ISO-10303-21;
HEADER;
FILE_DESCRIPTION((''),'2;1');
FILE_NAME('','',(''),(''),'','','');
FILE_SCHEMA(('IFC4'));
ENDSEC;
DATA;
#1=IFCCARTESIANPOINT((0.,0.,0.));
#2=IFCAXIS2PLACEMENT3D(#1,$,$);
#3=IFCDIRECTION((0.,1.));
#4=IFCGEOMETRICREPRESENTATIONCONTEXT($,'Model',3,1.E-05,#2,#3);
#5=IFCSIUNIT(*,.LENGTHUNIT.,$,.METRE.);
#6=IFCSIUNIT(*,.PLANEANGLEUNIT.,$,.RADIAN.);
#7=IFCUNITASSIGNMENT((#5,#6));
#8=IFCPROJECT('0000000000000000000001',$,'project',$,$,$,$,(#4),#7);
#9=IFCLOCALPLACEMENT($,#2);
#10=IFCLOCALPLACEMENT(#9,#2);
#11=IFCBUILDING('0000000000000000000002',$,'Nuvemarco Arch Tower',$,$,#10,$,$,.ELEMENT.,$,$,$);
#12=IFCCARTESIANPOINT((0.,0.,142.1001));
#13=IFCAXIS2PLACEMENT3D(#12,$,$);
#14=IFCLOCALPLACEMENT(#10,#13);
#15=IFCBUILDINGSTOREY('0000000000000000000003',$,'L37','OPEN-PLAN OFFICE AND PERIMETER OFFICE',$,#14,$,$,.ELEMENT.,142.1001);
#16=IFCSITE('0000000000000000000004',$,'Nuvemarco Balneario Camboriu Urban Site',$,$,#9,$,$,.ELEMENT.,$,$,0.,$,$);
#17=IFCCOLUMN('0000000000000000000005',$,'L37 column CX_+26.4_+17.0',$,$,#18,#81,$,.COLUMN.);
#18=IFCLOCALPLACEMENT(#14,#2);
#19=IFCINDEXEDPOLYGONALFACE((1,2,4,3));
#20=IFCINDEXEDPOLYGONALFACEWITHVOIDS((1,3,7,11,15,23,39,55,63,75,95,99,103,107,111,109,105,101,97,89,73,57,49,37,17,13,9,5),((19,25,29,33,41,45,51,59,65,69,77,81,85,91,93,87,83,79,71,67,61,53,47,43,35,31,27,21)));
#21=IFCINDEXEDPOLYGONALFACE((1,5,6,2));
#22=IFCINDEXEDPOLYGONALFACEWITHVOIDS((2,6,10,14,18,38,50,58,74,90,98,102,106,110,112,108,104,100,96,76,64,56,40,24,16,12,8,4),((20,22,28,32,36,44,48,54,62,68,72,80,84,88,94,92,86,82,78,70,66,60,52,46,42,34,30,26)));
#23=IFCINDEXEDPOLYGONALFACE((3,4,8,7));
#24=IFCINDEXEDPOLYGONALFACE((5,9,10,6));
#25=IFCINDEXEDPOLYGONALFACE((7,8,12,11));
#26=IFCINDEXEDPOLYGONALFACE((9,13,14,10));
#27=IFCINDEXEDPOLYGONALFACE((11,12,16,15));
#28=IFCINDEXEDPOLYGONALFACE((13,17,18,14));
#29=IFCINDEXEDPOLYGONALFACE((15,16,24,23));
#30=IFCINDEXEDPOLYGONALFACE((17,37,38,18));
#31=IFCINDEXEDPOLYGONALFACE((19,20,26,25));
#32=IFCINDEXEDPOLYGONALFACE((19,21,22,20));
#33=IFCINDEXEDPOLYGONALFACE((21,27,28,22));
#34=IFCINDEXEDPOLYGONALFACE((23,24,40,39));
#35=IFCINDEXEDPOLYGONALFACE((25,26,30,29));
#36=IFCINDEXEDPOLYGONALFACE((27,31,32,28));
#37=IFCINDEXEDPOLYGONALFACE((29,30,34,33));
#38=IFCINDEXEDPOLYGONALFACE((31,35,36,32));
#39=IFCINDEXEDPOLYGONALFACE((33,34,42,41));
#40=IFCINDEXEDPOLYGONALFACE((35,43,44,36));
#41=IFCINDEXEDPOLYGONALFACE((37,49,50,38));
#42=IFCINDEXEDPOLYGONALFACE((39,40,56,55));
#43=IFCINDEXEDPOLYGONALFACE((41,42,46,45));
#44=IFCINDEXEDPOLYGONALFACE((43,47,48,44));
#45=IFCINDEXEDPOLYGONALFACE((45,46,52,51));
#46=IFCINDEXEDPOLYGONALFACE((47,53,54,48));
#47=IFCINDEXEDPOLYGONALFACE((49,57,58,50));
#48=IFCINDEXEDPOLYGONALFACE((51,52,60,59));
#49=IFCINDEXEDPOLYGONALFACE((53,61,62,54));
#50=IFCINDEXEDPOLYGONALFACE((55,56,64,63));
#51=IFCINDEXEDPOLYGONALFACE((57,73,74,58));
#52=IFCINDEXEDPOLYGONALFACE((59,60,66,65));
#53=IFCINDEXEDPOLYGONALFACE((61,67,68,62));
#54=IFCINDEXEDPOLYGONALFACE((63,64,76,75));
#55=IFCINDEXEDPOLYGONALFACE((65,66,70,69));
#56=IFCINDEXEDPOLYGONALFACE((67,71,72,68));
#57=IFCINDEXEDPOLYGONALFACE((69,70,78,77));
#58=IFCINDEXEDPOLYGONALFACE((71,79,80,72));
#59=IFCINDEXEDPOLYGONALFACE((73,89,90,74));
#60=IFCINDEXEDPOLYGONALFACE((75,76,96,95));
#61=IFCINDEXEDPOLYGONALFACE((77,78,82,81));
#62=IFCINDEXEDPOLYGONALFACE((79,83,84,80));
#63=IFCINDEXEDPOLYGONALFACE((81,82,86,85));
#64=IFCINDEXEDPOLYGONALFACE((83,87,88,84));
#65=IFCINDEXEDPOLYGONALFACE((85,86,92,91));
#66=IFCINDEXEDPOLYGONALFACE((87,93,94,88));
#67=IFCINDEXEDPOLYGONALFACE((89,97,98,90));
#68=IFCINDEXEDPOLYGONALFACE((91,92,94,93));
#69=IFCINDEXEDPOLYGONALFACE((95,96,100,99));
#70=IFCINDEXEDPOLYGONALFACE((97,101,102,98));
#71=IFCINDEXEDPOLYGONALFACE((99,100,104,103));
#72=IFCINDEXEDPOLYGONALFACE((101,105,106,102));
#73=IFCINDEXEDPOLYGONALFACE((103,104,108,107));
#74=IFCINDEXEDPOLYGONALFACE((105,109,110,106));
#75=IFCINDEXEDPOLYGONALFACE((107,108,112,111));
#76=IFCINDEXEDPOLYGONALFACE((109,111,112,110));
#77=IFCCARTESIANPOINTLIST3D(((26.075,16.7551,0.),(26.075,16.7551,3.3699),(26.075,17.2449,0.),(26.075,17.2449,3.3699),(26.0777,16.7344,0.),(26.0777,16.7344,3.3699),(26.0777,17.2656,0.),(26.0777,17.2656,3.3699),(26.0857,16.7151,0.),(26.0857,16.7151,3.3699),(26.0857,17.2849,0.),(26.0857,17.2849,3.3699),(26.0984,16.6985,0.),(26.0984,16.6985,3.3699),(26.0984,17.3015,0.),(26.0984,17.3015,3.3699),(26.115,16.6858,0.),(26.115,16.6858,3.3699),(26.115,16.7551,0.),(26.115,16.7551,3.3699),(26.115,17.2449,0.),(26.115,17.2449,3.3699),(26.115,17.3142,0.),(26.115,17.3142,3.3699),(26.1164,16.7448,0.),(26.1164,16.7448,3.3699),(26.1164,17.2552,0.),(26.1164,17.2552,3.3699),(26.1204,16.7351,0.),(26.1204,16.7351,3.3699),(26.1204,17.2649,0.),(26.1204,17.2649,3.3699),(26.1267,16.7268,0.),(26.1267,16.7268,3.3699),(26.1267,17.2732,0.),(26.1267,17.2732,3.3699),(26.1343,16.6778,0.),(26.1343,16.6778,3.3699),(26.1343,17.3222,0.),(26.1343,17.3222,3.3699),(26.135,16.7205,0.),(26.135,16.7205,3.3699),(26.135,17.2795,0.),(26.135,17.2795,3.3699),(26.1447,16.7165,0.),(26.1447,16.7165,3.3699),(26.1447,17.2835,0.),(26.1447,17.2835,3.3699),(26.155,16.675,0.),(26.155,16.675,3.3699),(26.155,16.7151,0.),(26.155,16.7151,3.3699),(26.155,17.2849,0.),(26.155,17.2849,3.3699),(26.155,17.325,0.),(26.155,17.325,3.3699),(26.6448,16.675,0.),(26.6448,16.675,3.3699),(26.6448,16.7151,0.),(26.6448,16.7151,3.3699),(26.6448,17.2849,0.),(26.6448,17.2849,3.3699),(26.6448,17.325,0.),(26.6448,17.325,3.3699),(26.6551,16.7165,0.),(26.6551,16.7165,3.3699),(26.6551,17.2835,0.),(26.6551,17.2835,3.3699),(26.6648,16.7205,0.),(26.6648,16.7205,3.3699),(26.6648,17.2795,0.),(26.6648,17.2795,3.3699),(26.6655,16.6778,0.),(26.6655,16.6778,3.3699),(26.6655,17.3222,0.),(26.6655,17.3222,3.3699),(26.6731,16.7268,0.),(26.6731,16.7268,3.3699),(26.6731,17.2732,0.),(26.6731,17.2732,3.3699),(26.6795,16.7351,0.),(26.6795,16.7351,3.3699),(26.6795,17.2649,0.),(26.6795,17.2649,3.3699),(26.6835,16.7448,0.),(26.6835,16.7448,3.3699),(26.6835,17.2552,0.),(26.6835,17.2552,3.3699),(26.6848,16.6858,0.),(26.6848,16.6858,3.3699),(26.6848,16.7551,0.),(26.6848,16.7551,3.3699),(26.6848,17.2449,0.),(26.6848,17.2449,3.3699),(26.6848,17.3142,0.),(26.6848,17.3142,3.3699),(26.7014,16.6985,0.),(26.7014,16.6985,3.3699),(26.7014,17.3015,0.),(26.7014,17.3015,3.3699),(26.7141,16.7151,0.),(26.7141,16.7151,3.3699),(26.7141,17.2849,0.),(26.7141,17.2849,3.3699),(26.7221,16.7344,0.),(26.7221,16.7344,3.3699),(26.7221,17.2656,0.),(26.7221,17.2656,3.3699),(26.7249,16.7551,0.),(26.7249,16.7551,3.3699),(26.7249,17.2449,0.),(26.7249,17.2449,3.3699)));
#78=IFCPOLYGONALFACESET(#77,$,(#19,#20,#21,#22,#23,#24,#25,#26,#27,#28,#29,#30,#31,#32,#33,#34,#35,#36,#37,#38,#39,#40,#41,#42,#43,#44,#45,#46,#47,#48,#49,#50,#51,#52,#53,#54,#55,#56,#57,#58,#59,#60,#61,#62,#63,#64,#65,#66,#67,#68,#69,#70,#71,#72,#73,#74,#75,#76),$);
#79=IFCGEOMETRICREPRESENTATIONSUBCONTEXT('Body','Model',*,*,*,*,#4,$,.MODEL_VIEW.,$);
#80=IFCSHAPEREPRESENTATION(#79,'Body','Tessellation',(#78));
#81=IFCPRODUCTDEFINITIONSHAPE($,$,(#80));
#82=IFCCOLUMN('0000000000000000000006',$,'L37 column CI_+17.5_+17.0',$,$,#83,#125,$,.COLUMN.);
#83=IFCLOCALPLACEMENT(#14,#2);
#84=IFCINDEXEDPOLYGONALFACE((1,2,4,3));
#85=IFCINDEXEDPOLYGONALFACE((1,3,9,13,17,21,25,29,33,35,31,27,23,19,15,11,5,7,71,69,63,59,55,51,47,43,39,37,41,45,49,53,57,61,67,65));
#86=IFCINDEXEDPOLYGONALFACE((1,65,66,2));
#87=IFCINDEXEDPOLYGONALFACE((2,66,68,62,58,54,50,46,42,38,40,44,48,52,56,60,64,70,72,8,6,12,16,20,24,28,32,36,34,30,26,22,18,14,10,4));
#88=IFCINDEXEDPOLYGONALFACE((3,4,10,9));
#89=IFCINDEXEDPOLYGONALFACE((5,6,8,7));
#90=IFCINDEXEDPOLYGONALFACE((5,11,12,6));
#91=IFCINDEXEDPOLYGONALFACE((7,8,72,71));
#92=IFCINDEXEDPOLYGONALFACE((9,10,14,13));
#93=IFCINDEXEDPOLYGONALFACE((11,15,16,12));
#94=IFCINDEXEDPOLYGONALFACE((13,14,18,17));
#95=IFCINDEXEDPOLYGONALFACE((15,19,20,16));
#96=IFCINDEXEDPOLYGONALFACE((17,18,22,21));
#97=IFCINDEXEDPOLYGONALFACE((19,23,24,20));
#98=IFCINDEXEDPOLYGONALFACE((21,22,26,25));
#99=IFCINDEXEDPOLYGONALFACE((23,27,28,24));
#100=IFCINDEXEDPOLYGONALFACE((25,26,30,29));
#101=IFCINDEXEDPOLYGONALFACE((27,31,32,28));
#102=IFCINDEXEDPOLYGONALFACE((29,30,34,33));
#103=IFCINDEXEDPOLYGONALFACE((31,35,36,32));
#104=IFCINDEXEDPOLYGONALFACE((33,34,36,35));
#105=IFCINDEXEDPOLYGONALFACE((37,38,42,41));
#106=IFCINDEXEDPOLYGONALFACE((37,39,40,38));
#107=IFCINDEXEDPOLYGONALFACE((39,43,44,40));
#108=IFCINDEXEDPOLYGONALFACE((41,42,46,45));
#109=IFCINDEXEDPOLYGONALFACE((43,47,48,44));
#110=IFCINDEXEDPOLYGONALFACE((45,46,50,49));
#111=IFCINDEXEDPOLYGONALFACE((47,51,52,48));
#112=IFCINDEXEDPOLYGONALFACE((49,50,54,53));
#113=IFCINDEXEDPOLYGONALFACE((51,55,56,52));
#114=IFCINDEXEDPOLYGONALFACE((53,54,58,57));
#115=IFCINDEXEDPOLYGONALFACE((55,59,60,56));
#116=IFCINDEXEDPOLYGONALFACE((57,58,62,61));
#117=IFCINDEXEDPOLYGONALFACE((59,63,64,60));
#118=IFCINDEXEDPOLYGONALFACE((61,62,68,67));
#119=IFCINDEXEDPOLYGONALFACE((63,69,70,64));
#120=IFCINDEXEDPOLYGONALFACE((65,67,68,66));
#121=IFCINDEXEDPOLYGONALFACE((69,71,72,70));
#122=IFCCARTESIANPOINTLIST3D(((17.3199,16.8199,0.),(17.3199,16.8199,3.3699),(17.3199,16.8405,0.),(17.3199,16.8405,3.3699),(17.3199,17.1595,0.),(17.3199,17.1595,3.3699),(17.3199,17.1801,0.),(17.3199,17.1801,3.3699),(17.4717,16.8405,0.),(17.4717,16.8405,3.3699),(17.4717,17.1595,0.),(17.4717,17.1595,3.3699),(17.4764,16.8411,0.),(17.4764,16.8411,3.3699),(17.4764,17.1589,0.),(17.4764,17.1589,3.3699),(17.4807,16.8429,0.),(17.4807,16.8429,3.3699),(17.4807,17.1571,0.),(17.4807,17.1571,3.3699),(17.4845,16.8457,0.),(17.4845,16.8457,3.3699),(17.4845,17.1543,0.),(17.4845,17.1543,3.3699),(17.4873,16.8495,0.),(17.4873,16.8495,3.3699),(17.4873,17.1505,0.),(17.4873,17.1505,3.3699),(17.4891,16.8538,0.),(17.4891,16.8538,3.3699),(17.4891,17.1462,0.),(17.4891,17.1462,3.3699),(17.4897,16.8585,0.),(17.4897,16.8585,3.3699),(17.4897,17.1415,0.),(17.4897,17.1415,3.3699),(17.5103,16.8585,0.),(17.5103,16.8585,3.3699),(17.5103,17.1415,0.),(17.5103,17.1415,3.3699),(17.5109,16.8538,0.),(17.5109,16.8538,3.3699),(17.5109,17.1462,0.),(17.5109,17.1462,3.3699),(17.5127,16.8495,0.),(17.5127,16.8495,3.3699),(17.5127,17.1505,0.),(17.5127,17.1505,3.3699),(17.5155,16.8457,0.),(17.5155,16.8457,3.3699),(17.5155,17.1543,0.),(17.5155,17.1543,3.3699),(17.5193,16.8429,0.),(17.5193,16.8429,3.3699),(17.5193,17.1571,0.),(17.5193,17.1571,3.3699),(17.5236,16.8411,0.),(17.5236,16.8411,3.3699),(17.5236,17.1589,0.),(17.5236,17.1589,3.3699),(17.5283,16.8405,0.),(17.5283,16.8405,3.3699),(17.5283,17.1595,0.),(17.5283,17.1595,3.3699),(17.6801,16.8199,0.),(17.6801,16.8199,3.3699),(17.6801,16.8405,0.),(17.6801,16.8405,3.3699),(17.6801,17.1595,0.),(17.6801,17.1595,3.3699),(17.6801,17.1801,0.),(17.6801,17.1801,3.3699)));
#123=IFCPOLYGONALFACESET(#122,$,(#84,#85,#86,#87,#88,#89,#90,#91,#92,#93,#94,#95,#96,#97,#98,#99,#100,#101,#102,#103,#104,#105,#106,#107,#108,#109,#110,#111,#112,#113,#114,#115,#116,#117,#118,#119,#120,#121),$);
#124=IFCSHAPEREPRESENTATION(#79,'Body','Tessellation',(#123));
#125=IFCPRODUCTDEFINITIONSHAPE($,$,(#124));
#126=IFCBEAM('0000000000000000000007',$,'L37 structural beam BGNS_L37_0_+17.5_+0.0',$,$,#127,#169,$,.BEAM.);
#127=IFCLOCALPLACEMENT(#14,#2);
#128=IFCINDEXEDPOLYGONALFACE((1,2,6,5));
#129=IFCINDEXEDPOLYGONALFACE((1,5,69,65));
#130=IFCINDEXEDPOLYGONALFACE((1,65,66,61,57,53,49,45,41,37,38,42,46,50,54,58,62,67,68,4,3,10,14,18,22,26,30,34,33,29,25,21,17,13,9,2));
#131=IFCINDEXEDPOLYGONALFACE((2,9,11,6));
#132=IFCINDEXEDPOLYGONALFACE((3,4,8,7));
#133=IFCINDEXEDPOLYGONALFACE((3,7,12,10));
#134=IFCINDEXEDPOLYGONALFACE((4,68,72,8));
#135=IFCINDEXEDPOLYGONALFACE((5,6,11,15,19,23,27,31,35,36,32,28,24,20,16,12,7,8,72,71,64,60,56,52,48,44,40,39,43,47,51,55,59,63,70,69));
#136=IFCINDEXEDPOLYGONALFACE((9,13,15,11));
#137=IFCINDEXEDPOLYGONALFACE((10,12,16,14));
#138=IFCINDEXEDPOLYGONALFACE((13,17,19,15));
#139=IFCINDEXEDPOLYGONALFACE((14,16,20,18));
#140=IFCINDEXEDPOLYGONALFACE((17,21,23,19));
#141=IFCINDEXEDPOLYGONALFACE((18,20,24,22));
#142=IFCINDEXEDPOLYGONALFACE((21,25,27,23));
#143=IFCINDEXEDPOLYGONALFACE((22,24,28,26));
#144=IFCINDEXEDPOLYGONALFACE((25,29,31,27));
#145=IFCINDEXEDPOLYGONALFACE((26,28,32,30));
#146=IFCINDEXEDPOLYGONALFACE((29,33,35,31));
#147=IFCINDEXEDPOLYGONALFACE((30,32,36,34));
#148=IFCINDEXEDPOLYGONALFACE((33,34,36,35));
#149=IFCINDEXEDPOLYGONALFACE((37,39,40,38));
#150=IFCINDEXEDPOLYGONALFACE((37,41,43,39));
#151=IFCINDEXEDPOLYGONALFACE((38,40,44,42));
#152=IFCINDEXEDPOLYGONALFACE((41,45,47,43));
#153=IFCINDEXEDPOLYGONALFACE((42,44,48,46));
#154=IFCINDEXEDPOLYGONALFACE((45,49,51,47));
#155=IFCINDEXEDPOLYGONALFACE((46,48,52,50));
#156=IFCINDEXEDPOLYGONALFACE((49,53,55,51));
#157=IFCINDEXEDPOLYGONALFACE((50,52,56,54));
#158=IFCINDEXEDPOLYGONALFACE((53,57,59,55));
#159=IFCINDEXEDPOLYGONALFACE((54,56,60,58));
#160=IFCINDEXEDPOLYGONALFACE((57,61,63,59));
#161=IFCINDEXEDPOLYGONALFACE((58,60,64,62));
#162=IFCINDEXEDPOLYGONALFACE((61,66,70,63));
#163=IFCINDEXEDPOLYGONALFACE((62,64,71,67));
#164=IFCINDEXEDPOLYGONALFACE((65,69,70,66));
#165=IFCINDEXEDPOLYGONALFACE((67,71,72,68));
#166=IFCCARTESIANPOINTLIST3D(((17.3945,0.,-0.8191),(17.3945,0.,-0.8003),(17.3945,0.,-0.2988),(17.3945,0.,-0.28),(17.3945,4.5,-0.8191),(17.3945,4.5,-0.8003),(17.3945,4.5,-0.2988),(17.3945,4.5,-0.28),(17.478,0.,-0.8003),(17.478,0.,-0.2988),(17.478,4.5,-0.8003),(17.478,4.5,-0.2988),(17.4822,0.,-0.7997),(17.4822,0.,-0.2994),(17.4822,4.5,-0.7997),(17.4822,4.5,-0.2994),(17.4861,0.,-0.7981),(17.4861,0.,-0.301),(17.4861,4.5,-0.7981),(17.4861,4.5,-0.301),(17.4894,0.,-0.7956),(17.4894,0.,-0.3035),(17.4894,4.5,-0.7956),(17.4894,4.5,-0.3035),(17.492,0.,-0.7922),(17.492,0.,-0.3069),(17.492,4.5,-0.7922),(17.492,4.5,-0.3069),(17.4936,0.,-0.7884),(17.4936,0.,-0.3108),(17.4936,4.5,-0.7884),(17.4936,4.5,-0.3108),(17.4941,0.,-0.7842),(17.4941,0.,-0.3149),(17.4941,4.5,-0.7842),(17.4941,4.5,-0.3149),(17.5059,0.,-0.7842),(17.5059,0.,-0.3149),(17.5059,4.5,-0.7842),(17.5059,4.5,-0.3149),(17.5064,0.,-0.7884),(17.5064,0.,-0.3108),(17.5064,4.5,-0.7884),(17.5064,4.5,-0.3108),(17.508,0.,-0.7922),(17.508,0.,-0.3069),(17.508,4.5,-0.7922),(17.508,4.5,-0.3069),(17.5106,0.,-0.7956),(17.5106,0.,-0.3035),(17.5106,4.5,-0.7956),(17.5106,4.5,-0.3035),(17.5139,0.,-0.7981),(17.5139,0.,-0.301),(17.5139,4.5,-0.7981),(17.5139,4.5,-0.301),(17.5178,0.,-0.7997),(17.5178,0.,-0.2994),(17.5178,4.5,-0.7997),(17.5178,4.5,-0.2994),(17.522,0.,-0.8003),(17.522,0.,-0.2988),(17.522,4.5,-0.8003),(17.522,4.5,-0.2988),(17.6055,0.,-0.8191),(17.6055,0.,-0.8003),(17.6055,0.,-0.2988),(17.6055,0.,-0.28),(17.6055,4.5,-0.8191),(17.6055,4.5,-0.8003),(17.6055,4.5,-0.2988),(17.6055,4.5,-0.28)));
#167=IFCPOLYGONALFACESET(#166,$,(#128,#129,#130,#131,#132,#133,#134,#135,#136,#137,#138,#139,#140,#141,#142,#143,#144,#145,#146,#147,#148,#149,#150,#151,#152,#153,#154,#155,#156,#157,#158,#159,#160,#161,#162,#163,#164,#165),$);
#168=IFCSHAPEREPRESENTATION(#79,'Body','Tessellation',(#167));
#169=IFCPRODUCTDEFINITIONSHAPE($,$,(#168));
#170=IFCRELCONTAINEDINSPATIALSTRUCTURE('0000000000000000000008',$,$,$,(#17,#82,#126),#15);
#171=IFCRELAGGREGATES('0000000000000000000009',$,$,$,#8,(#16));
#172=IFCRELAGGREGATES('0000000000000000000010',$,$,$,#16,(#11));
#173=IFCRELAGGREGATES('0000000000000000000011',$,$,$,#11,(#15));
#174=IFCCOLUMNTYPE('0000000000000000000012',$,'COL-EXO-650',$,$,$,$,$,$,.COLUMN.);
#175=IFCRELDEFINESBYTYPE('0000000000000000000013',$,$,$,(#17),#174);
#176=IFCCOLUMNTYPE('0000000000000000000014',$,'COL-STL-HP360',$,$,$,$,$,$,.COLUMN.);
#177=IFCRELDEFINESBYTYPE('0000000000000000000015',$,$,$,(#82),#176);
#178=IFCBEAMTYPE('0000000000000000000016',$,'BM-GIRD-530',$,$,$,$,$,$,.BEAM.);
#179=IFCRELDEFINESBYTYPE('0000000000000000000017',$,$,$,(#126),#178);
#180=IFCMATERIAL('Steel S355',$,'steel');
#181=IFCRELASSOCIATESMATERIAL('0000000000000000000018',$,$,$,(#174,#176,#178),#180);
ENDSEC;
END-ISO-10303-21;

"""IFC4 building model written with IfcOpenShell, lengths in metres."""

from ifc_helpers import new_model, si_unit, direction, frame, origin, origin_2d, place, context, subcontext, project, spatial, hollow_rectangle, i_section, extrude, material, material_profile, profile_set, type_object, element, save


model = new_model("IFC4")

# Units and contexts
model_context = context("Model", 3, precision=1e-05, world=origin(), true_north=direction((0.0, 1.0)))
body_context = subcontext(model_context, "Body", "Model", "MODEL_VIEW")
ifc_project = project(units=[si_unit("LENGTHUNIT", "METRE"), si_unit("PLANEANGLEUNIT", "RADIAN")], contexts=[model_context])

# Site, building, storey
site_placement = place(None, origin())
site = spatial("IfcSite", under=ifc_project, at=site_placement, Name="Nuvemarco Balneario Camboriu Urban Site", CompositionType="ELEMENT", RefElevation=0.0)
building_placement = place(site_placement, origin())
building = spatial("IfcBuilding", under=site, at=building_placement, Name="Nuvemarco Arch Tower", CompositionType="ELEMENT")
storey_placement = place(building_placement, frame((0.0, 0.0, 142.1001)))
storey = spatial("IfcBuildingStorey", under=building, at=storey_placement, Name="L37", Description="OPEN-PLAN OFFICE AND PERIMETER OFFICE", CompositionType="ELEMENT", Elevation=142.1001)

# Columns
ifc_material_1 = material(Name="Steel S355", Category="steel")
ifc_material_profile_1 = material_profile(ifc_material_1, hollow_rectangle(XDim=0.6499, YDim=0.6499, WallThickness=0.04, InnerFilletRadius=0.04, OuterFilletRadius=0.0801, at=origin_2d()), Name="SHS650x650x40")
ifc_profile_set_1 = profile_set([ifc_material_profile_1], Name="Steel S355")
column_type_1 = type_object("IfcColumnType", Name="COL-EXO-650", PredefinedType="COLUMN", material=ifc_profile_set_1)
for number, where, z_axis, x_axis, name in (
    (1, (26.3999, 17.0, 0.0), (0.0, 0.0, 1.0), (1.0, 0.0, 0.0), "L37 column CX_+26.4_+17.0"),
):
    element("IfcColumn", number, at=place(storey_placement, frame(where, z_axis=z_axis, x_axis=x_axis)), inside=storey, type_object=column_type_1, Name=name, PredefinedType="COLUMN", context=body_context, shape_type="SweptSolid", body=[
        extrude(hollow_rectangle(XDim=0.6499, YDim=0.6499, WallThickness=0.04, InnerFilletRadius=0.04, OuterFilletRadius=0.0801, at=origin_2d()), origin(), (0.0, 0.0, 1.0), 3.3699),
    ])
ifc_material_profile_2 = material_profile(ifc_material_1, i_section(OverallWidth=0.3601, OverallDepth=0.3601, WebThickness=0.0205, FlangeThickness=0.0205, FilletRadius=0.0181, at=origin_2d()), Name="HP360x174")
ifc_profile_set_2 = profile_set([ifc_material_profile_2], Name="Steel S355")
column_type_2 = type_object("IfcColumnType", Name="COL-STL-HP360", PredefinedType="COLUMN", material=ifc_profile_set_2)
column_placement = place(storey_placement, frame((17.5, 17.0, 0.0), z_axis=(0.0, 0.0, 1.0), x_axis=(1.0, 0.0, 0.0)))
element("IfcColumn", 2, at=column_placement, inside=storey, type_object=column_type_2, Name="L37 column CI_+17.5_+17.0", PredefinedType="COLUMN", context=body_context, shape_type="SweptSolid", body=[
    extrude(i_section(OverallWidth=0.3601, OverallDepth=0.3601, WebThickness=0.0205, FlangeThickness=0.0205, FilletRadius=0.0181, at=origin_2d()), origin(), (0.0, 0.0, 1.0), 3.3699),
])

# Beam
ifc_material_profile_3 = material_profile(ifc_material_1, i_section(OverallWidth=0.2109, OverallDepth=0.5391, WebThickness=0.0117, FlangeThickness=0.0188, FilletRadius=0.0161, at=origin_2d()), Name="W530x109")
ifc_profile_set_3 = profile_set([ifc_material_profile_3], Name="Steel S355")
beam_type_1 = type_object("IfcBeamType", Name="BM-GIRD-530", PredefinedType="BEAM", material=ifc_profile_set_3)
beam_1_placement = place(storey_placement, frame((17.5, 0.0, -0.5496), z_axis=(0.0, 1.0, 0.0), x_axis=(-1.0, 0.0, 0.0)))
element("IfcBeam", 3, at=beam_1_placement, inside=storey, type_object=beam_type_1, Name="L37 structural beam BGNS_L37_0_+17.5_+0.0", PredefinedType="BEAM", context=body_context, shape_type="SweptSolid", body=[
    extrude(i_section(OverallWidth=0.2109, OverallDepth=0.5391, WebThickness=0.0117, FlangeThickness=0.0188, FilletRadius=0.0161, at=origin_2d()), origin(), (0.0, 0.0, 1.0), 4.5),
])

save(model, "model.ifc")
